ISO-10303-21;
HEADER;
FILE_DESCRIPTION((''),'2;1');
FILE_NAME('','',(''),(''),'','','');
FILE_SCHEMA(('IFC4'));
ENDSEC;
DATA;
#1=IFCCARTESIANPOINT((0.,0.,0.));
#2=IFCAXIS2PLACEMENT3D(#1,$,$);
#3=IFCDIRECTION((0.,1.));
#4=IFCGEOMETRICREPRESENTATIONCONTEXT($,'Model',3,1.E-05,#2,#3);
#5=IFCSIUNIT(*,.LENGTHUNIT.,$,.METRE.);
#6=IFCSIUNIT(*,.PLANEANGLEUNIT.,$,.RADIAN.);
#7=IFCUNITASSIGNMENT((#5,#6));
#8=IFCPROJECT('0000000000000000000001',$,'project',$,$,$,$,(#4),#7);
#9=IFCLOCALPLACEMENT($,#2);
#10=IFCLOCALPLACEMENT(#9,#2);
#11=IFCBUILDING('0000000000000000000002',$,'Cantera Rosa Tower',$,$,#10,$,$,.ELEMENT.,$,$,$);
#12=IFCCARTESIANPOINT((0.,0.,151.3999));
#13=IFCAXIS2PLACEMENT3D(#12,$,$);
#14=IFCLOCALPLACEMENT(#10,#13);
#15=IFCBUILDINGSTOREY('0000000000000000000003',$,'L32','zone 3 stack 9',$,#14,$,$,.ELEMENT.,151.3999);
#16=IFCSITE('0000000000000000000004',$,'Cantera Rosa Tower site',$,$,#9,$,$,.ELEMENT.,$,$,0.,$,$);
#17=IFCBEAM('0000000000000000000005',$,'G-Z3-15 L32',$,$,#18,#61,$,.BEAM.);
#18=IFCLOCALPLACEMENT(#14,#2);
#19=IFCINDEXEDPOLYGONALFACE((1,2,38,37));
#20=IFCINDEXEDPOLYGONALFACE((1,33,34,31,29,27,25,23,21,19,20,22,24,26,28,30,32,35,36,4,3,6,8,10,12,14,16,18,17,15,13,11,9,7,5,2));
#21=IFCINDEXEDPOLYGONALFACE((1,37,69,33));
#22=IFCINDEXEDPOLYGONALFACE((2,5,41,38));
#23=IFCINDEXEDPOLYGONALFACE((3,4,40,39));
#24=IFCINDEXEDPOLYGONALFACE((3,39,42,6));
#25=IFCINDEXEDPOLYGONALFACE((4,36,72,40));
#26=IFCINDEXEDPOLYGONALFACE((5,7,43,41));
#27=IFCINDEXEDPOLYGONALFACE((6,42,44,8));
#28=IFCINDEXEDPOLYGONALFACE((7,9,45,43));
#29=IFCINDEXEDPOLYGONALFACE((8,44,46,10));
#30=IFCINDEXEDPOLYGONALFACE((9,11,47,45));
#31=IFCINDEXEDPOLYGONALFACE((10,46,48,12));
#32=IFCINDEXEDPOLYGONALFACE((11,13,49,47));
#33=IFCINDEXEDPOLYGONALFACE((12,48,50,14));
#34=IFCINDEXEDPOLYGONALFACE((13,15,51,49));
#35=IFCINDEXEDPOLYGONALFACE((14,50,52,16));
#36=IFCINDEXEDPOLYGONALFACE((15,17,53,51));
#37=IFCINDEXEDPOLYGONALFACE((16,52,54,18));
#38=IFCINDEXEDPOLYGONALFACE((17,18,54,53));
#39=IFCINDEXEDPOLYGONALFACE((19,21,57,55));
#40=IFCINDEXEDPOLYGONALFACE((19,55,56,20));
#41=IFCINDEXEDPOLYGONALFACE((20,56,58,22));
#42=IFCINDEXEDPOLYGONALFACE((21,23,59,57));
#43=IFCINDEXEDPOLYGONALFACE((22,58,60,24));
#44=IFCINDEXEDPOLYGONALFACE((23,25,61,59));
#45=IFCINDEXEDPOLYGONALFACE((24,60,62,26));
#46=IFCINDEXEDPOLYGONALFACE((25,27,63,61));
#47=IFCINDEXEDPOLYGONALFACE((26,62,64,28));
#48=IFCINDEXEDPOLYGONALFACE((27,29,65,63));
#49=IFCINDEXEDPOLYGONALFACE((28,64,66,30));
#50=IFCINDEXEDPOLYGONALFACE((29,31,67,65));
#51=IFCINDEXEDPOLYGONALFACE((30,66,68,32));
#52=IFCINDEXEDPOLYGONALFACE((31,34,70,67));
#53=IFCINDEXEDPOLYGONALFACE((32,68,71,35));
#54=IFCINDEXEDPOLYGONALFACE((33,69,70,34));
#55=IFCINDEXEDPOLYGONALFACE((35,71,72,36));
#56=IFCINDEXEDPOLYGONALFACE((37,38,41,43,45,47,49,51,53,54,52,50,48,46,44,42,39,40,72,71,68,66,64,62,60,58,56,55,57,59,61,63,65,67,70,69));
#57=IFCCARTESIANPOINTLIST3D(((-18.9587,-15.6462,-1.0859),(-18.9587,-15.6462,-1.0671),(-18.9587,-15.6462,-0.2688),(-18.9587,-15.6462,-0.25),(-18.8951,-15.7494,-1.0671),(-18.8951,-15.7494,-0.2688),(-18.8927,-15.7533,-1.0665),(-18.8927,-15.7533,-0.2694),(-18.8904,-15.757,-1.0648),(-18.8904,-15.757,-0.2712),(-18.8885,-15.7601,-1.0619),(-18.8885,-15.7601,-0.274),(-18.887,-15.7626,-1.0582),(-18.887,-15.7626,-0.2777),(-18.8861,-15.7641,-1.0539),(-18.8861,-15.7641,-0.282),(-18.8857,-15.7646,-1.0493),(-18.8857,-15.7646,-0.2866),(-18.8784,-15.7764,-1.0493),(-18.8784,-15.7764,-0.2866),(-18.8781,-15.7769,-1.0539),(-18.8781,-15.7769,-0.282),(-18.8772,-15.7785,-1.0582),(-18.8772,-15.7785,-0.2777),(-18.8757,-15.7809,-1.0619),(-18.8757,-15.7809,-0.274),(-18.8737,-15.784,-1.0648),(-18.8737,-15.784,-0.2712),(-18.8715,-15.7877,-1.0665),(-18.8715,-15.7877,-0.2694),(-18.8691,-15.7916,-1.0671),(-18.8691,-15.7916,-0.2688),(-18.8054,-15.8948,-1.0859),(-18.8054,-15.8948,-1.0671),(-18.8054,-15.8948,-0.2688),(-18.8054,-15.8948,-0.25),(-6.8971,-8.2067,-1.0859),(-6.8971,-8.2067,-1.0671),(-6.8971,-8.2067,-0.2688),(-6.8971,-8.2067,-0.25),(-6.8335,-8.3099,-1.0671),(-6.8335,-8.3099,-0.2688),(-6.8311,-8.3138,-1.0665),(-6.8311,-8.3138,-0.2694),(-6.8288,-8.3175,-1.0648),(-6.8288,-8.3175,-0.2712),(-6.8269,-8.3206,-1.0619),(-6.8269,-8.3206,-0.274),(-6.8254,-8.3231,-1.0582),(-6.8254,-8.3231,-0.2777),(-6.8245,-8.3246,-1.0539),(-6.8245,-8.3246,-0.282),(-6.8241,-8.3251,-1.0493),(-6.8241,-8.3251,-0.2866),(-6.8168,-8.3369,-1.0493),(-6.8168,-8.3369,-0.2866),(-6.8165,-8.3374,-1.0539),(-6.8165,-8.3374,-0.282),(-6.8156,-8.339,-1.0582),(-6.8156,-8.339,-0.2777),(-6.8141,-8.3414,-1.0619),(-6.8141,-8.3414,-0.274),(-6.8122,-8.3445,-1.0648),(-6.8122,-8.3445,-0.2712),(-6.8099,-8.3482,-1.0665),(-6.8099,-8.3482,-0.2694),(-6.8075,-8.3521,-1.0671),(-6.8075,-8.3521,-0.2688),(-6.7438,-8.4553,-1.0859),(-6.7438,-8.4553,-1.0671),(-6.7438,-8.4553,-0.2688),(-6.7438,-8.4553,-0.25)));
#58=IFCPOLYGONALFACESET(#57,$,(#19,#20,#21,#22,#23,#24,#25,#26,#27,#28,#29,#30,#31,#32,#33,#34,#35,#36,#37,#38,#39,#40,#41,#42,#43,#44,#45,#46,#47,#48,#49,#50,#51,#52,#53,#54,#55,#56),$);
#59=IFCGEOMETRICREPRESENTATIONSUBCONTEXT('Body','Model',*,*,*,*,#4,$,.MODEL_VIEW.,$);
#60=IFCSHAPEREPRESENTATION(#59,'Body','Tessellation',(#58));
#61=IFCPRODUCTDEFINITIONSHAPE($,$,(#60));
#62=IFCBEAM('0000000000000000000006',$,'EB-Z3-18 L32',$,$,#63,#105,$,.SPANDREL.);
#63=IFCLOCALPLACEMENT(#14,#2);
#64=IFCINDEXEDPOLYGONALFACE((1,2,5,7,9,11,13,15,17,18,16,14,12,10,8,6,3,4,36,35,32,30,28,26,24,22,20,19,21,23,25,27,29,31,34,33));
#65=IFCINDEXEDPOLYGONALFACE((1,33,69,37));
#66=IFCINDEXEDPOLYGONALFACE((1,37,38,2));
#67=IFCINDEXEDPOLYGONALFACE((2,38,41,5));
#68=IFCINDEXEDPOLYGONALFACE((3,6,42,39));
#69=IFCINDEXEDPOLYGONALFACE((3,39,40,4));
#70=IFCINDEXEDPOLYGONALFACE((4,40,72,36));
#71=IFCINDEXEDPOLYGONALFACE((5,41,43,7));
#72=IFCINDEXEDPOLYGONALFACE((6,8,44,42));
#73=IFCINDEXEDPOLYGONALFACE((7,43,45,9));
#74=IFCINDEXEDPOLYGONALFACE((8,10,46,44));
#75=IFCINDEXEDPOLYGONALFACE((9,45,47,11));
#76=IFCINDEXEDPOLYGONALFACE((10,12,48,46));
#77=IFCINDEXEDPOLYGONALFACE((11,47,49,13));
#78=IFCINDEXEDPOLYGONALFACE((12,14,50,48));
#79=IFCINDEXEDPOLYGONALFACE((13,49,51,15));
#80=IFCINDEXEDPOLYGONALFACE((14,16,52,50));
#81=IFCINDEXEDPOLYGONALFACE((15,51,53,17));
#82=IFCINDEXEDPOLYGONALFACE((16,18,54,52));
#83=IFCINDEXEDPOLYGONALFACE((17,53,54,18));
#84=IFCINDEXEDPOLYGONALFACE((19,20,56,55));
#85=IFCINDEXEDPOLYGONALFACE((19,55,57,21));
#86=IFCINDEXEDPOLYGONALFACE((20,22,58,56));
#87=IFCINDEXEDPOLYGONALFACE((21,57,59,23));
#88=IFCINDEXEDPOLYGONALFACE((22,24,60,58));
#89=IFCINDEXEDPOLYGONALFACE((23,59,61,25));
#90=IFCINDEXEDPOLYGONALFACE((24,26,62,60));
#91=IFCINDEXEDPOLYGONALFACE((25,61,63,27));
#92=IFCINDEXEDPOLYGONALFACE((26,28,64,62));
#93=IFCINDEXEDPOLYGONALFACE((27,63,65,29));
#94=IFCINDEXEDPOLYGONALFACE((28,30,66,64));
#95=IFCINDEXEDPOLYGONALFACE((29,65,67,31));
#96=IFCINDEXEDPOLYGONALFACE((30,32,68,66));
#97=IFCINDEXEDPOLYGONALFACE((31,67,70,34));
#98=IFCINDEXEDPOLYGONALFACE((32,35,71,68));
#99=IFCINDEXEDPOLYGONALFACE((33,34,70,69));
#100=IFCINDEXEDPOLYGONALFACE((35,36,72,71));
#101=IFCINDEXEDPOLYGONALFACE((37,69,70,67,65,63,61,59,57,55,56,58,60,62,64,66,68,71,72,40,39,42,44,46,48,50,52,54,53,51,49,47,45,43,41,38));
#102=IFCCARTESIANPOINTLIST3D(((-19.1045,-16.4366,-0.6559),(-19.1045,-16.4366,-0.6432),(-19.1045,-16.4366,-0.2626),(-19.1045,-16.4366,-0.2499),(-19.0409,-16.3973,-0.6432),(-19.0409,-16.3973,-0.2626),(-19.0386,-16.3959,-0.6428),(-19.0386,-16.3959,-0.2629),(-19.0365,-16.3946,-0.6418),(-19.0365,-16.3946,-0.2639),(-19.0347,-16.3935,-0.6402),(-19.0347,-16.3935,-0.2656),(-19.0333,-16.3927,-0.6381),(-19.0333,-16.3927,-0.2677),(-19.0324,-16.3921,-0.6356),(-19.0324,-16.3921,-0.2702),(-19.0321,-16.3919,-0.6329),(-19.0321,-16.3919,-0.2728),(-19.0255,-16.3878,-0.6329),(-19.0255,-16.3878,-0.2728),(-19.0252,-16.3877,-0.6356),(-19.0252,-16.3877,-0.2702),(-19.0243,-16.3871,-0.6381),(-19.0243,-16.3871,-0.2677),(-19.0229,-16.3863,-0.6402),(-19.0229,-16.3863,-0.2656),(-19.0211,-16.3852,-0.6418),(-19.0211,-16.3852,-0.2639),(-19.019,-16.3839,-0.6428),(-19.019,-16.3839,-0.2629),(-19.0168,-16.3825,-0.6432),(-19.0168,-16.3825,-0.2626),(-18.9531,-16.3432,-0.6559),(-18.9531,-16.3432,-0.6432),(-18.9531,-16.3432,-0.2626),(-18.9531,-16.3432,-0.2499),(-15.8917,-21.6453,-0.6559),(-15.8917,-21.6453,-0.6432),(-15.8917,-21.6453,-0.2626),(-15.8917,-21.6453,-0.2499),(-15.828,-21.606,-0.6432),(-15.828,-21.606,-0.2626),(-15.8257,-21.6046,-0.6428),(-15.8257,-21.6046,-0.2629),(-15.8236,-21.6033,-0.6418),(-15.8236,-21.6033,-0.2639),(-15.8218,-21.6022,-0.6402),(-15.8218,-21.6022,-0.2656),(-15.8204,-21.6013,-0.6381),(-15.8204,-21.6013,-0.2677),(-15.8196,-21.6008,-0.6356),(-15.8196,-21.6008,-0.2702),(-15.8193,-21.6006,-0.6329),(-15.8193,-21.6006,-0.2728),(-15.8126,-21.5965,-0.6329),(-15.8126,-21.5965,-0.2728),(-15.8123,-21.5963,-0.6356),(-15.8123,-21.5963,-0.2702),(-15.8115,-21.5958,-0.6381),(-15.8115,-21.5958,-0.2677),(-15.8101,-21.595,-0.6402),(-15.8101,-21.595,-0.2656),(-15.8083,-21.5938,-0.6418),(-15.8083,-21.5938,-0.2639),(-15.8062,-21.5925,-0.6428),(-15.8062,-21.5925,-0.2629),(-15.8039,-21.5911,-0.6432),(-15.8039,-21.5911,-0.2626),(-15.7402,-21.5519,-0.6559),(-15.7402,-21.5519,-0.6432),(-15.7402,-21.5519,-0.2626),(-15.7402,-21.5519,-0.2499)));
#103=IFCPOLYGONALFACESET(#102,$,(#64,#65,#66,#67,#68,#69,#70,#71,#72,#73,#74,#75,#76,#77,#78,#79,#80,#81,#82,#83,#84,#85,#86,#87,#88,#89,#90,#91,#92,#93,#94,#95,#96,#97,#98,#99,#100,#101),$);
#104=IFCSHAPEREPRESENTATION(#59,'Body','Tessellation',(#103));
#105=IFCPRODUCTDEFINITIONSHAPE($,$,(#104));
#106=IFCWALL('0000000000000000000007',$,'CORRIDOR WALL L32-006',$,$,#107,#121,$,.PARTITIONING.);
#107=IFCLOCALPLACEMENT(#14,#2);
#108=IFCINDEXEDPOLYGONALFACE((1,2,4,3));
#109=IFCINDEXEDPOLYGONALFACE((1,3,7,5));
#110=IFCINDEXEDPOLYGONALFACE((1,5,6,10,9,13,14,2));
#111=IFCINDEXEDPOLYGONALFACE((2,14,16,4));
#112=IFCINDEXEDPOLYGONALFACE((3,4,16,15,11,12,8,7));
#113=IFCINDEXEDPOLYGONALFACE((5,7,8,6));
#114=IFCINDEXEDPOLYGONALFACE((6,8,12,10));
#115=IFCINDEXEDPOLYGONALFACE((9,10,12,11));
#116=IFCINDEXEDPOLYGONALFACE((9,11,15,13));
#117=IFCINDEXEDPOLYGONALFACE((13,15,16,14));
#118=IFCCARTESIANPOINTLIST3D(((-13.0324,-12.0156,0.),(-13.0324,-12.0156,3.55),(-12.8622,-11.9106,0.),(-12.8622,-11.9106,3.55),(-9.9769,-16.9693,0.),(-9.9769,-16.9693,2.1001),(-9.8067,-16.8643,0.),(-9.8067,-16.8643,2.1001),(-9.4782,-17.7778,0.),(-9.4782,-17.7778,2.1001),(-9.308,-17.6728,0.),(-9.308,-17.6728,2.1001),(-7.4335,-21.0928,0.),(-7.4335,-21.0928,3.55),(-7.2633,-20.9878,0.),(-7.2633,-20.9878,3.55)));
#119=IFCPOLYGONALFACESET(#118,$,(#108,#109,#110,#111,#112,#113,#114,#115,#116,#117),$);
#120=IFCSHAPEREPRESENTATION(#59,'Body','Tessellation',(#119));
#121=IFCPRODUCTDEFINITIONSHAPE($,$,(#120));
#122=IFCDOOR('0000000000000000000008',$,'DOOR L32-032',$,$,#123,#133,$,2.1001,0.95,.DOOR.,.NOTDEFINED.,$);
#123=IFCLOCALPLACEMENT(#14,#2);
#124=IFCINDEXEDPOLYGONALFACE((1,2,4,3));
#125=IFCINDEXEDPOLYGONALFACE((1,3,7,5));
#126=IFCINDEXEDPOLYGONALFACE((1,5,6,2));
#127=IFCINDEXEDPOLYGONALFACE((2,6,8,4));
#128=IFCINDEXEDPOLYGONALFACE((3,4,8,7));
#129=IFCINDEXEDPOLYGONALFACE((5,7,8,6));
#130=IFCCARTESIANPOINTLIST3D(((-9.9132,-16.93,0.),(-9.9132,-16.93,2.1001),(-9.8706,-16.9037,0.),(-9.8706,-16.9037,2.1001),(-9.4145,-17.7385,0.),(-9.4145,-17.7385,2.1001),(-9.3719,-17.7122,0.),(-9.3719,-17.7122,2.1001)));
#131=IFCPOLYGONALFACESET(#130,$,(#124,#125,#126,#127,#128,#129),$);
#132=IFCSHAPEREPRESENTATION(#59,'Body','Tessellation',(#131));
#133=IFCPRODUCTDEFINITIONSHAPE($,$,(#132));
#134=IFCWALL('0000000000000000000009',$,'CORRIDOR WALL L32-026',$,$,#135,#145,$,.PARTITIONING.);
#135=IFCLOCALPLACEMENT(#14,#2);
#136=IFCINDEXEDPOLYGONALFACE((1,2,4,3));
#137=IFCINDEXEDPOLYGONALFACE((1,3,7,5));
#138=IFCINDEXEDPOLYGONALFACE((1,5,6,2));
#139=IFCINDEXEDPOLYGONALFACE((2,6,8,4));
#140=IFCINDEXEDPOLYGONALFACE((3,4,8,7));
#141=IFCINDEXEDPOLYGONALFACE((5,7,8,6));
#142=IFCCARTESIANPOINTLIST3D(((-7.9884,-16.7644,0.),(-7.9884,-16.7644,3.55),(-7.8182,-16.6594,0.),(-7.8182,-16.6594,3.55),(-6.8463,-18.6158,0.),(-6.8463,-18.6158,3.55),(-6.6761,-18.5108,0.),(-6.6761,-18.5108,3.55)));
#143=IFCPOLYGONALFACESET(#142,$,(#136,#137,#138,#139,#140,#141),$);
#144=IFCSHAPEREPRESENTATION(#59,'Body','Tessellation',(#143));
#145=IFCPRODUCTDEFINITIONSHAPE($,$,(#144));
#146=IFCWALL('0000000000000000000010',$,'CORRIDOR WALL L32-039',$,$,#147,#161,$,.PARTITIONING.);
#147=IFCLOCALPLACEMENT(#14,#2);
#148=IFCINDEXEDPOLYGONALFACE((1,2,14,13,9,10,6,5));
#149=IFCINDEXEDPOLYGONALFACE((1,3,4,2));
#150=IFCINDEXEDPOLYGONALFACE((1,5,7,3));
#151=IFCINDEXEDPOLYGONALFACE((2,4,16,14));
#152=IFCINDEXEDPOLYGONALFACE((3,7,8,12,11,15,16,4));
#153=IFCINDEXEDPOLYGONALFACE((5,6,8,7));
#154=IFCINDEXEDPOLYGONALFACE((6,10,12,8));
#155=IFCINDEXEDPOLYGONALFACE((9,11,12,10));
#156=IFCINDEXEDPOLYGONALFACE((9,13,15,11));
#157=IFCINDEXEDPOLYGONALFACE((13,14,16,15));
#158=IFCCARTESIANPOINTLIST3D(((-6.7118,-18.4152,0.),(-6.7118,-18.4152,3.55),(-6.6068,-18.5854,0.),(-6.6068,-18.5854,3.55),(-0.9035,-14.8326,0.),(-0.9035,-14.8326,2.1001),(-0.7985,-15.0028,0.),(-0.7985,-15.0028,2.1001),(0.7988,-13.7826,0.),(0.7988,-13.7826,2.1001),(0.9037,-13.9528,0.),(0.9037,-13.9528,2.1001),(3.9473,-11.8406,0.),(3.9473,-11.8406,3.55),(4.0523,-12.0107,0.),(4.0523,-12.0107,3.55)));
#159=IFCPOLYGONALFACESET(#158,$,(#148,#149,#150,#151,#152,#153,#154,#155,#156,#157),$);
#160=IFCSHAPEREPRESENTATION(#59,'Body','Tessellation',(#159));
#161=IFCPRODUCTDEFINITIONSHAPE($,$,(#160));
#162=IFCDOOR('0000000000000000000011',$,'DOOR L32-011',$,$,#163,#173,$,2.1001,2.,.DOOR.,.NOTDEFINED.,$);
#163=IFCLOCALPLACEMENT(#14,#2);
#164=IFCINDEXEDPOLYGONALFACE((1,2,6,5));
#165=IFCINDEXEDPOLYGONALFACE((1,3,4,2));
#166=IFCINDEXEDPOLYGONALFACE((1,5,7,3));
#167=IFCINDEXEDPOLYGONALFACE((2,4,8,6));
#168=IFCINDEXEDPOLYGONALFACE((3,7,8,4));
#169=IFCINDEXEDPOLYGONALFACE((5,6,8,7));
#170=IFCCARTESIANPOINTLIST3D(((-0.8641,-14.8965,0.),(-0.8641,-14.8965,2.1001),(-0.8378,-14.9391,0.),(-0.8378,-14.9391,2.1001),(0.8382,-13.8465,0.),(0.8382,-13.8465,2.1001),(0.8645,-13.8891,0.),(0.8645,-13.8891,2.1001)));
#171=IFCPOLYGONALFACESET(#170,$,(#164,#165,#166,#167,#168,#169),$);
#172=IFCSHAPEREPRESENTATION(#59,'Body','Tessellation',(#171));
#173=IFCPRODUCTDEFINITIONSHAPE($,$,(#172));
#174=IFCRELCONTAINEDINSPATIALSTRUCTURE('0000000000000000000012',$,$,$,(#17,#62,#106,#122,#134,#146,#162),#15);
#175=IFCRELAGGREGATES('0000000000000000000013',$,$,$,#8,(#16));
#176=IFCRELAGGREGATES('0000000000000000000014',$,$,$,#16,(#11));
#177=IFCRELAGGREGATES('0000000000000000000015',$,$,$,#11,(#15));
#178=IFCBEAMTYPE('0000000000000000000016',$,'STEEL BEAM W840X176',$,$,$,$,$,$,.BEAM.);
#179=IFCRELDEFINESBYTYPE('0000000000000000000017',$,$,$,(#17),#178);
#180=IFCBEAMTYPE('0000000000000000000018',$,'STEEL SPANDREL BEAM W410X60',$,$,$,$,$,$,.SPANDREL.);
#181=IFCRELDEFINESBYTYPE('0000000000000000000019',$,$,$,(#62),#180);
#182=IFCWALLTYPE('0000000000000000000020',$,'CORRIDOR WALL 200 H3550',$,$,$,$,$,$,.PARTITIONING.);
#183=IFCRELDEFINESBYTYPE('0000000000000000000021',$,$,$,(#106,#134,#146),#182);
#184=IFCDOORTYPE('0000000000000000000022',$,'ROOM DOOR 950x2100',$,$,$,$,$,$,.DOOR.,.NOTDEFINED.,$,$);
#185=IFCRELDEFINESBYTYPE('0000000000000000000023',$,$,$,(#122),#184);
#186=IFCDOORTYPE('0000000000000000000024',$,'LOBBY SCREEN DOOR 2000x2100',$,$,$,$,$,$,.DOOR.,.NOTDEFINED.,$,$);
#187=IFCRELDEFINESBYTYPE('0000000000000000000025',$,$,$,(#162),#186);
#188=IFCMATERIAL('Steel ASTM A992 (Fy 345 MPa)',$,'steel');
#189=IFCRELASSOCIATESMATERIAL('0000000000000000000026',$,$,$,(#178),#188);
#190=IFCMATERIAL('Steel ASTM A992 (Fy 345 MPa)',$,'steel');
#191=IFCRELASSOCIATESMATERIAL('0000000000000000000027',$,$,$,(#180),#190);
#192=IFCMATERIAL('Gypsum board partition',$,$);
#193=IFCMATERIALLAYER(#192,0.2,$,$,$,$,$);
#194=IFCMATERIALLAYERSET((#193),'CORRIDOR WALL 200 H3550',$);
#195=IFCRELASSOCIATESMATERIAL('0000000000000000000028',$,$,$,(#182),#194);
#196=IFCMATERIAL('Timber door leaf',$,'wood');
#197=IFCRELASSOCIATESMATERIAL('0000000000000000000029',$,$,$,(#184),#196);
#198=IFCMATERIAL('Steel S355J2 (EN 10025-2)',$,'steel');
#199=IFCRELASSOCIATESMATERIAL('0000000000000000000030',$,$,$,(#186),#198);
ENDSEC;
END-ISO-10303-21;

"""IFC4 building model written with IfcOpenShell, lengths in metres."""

from ifc_helpers import new_model, si_unit, direction, frame, frame_2d, origin, origin_2d, place, context, subcontext, project, spatial, rectangle, i_section, extrude, material, layer, layer_set, material_profile, profile_set, type_object, element, fill, save


model = new_model("IFC4")

# Units and contexts
model_context = context("Model", 3, precision=1e-05, world=origin(), true_north=direction((0.0, 1.0)))
body_context = subcontext(model_context, "Body", "Model", "MODEL_VIEW")
ifc_project = project(units=[si_unit("LENGTHUNIT", "METRE"), si_unit("PLANEANGLEUNIT", "RADIAN")], contexts=[model_context])

# Site, building, storey
site_placement = place(None, origin())
site = spatial("IfcSite", under=ifc_project, at=site_placement, Name="Cantera Rosa Tower site", CompositionType="ELEMENT", RefElevation=0.0)
building_placement = place(site_placement, origin())
building = spatial("IfcBuilding", under=site, at=building_placement, Name="Cantera Rosa Tower", CompositionType="ELEMENT")
storey_placement = place(building_placement, frame((0.0, 0.0, 151.3999)))
storey = spatial("IfcBuildingStorey", under=building, at=storey_placement, Name="L32", Description="zone 3 stack 9", CompositionType="ELEMENT", Elevation=151.3999)

# Beams
ifc_material_1 = material(Name="Steel ASTM A992 (Fy 345 MPa)", Category="steel")
ifc_material_profile_1 = material_profile(ifc_material_1, i_section(OverallWidth=0.292, OverallDepth=0.8359, WebThickness=0.0139, FlangeThickness=0.0188, FilletRadius=0.0178, at=origin_2d()), Name="W840X176")
ifc_profile_set_1 = profile_set([ifc_material_profile_1], Name="Steel ASTM A992 (Fy 345 MPa)")
beam_type_1 = type_object("IfcBeamType", Name="STEEL BEAM W840X176", PredefinedType="BEAM", material=ifc_profile_set_1)
beam_1_placement = place(storey_placement, frame((-18.8821, -15.7705, -0.668), z_axis=(0.851123, 0.524966, 0.0), x_axis=(-0.524966, 0.851123, 0.0)))
element("IfcBeam", 1, at=beam_1_placement, inside=storey, type_object=beam_type_1, Name="G-Z3-15 L32", PredefinedType="BEAM", context=body_context, shape_type="SweptSolid", body=[
    extrude(i_section(OverallWidth=0.292, OverallDepth=0.8359, WebThickness=0.0139, FlangeThickness=0.0188, FilletRadius=0.0178, at=origin_2d()), origin(), (0.0, 0.0, 1.0), 14.1714),
])
ifc_material_2 = material(Name="Steel ASTM A992 (Fy 345 MPa)", Category="steel")
ifc_material_profile_2 = material_profile(ifc_material_2, i_section(OverallWidth=0.178, OverallDepth=0.406, WebThickness=0.0078, FlangeThickness=0.0127, FilletRadius=0.0103, at=origin_2d()), Name="W410X60")
ifc_profile_set_2 = profile_set([ifc_material_profile_2], Name="Steel ASTM A992 (Fy 345 MPa)")
beam_type_2 = type_object("IfcBeamType", Name="STEEL SPANDREL BEAM W410X60", PredefinedType="SPANDREL", material=ifc_profile_set_2)
beam_2_placement = place(storey_placement, frame((-19.0288, -16.3899, -0.4529), z_axis=(0.524987, -0.85111, 0.0), x_axis=(0.85111, 0.524987, 0.0)))
element("IfcBeam", 2, at=beam_2_placement, inside=storey, type_object=beam_type_2, Name="EB-Z3-18 L32", PredefinedType="SPANDREL", context=body_context, shape_type="SweptSolid", body=[
    extrude(i_section(OverallWidth=0.178, OverallDepth=0.406, WebThickness=0.0078, FlangeThickness=0.0127, FilletRadius=0.0103, at=origin_2d()), origin(), (0.0, 0.0, 1.0), 6.1199),
])

# Wall, opening, door
ifc_material_3 = material(Name="Gypsum board partition")
ifc_layer_1 = layer(ifc_material_3, 0.2)
ifc_layer_set_1 = layer_set([ifc_layer_1], Name="CORRIDOR WALL 200 H3550")
wall_type_1 = type_object("IfcWallType", Name="CORRIDOR WALL 200 H3550", PredefinedType="PARTITIONING", material=ifc_layer_set_1)
wall_1_placement = place(storey_placement, frame((-12.9473, -11.9631, 0.0), z_axis=(0.0, 0.0, 1.0), x_axis=(0.524977, -0.851116, 0.0)))
wall_1 = element("IfcWall", 3, at=wall_1_placement, inside=storey, type_object=wall_type_1, Name="CORRIDOR WALL L32-006", PredefinedType="PARTITIONING", context=body_context, shape_type="SweptSolid", body=[
    extrude(rectangle(XDim=10.665, YDim=0.2, at=frame_2d((5.3325, 0.0))), origin(), (0.0, 0.0, 1.0), 3.55),
])
opening_1_placement = place(wall_1_placement, frame((5.8201, 0.0, 0.0)))
opening_1 = element("IfcOpeningElement", 4, at=opening_1_placement, cuts=wall_1, PredefinedType="OPENING", context=body_context, shape_type="SweptSolid", body=[
    extrude(rectangle(XDim=0.95, YDim=2.1001, at=frame_2d((0.4751, 1.05))), frame((0.0, 0.1099, 0.0), z_axis=(0.0, -1.0, 0.0), x_axis=(1.0, 0.0, 0.0)), (0.0, 0.0, 1.0), 0.22),
])
ifc_material_4 = material(Name="Timber door leaf", Category="wood")
door_type_1 = type_object("IfcDoorType", Name="ROOM DOOR 950x2100", OperationType="NOTDEFINED", PredefinedType="DOOR", material=ifc_material_4)
door_1_placement = place(opening_1_placement, origin())
door_1 = element("IfcDoor", 5, at=door_1_placement, inside=storey, type_object=door_type_1, Name="DOOR L32-032", OperationType="NOTDEFINED", OverallHeight=2.1001, OverallWidth=0.95, PredefinedType="DOOR", context=body_context, shape_type="SweptSolid", body=[
    extrude(rectangle(XDim=0.95, YDim=2.1001, at=frame_2d((0.4751, 1.05))), frame((0.0, 0.0249, 0.0), z_axis=(0.0, -1.0, 0.0), x_axis=(1.0, 0.0, 0.0)), (0.0, 0.0, 1.0), 0.05),
])
fill(opening_1, door_1)

# Wall
wall_2_placement = place(storey_placement, frame((-7.9033, -16.7119, 0.0), z_axis=(0.0, 0.0, 1.0), x_axis=(0.525036, -0.85108, 0.0)))
element("IfcWall", 6, at=wall_2_placement, inside=storey, type_object=wall_type_1, Name="CORRIDOR WALL L32-026", PredefinedType="PARTITIONING", context=body_context, shape_type="SweptSolid", body=[
    extrude(rectangle(XDim=2.1753, YDim=0.2, at=frame_2d((1.0876, 0.0))), origin(), (0.0, 0.0, 1.0), 3.55),
])

# Wall, opening, door
wall_3_placement = place(storey_placement, frame((-6.6592, -18.5002, 0.0), z_axis=(0.0, 0.0, 1.0), x_axis=(0.851116, 0.524978, 0.0)))
wall_3 = element("IfcWall", 7, at=wall_3_placement, inside=storey, type_object=wall_type_1, Name="CORRIDOR WALL L32-039", PredefinedType="PARTITIONING", context=body_context, shape_type="SweptSolid", body=[
    extrude(rectangle(XDim=12.5237, YDim=0.2, at=frame_2d((6.2617, 0.0))), origin(), (0.0, 0.0, 1.0), 3.55),
])
opening_2_placement = place(wall_3_placement, frame((6.8242, 0.0, 0.0)))
opening_2 = element("IfcOpeningElement", 8, at=opening_2_placement, cuts=wall_3, PredefinedType="OPENING", context=body_context, shape_type="SweptSolid", body=[
    extrude(rectangle(XDim=2.0, YDim=2.1001, at=frame_2d((1.0, 1.05))), frame((0.0, 0.1099, 0.0), z_axis=(0.0, -1.0, 0.0), x_axis=(1.0, 0.0, 0.0)), (0.0, 0.0, 1.0), 0.22),
])
ifc_material_5 = material(Name="Steel S355J2 (EN 10025-2)", Category="steel")
door_type_2 = type_object("IfcDoorType", Name="LOBBY SCREEN DOOR 2000x2100", OperationType="NOTDEFINED", PredefinedType="DOOR", material=ifc_material_5)
door_2_placement = place(opening_2_placement, origin())
door_2 = element("IfcDoor", 9, at=door_2_placement, inside=storey, type_object=door_type_2, Name="DOOR L32-011", OperationType="NOTDEFINED", OverallHeight=2.1001, OverallWidth=2.0, PredefinedType="DOOR", context=body_context, shape_type="SweptSolid", body=[
    extrude(rectangle(XDim=2.0, YDim=2.1001, at=frame_2d((1.0, 1.05))), frame((0.0, 0.0249, 0.0), z_axis=(0.0, -1.0, 0.0), x_axis=(1.0, 0.0, 0.0)), (0.0, 0.0, 1.0), 0.05),
])
fill(opening_2, door_2)

save(model, "model.ifc")
